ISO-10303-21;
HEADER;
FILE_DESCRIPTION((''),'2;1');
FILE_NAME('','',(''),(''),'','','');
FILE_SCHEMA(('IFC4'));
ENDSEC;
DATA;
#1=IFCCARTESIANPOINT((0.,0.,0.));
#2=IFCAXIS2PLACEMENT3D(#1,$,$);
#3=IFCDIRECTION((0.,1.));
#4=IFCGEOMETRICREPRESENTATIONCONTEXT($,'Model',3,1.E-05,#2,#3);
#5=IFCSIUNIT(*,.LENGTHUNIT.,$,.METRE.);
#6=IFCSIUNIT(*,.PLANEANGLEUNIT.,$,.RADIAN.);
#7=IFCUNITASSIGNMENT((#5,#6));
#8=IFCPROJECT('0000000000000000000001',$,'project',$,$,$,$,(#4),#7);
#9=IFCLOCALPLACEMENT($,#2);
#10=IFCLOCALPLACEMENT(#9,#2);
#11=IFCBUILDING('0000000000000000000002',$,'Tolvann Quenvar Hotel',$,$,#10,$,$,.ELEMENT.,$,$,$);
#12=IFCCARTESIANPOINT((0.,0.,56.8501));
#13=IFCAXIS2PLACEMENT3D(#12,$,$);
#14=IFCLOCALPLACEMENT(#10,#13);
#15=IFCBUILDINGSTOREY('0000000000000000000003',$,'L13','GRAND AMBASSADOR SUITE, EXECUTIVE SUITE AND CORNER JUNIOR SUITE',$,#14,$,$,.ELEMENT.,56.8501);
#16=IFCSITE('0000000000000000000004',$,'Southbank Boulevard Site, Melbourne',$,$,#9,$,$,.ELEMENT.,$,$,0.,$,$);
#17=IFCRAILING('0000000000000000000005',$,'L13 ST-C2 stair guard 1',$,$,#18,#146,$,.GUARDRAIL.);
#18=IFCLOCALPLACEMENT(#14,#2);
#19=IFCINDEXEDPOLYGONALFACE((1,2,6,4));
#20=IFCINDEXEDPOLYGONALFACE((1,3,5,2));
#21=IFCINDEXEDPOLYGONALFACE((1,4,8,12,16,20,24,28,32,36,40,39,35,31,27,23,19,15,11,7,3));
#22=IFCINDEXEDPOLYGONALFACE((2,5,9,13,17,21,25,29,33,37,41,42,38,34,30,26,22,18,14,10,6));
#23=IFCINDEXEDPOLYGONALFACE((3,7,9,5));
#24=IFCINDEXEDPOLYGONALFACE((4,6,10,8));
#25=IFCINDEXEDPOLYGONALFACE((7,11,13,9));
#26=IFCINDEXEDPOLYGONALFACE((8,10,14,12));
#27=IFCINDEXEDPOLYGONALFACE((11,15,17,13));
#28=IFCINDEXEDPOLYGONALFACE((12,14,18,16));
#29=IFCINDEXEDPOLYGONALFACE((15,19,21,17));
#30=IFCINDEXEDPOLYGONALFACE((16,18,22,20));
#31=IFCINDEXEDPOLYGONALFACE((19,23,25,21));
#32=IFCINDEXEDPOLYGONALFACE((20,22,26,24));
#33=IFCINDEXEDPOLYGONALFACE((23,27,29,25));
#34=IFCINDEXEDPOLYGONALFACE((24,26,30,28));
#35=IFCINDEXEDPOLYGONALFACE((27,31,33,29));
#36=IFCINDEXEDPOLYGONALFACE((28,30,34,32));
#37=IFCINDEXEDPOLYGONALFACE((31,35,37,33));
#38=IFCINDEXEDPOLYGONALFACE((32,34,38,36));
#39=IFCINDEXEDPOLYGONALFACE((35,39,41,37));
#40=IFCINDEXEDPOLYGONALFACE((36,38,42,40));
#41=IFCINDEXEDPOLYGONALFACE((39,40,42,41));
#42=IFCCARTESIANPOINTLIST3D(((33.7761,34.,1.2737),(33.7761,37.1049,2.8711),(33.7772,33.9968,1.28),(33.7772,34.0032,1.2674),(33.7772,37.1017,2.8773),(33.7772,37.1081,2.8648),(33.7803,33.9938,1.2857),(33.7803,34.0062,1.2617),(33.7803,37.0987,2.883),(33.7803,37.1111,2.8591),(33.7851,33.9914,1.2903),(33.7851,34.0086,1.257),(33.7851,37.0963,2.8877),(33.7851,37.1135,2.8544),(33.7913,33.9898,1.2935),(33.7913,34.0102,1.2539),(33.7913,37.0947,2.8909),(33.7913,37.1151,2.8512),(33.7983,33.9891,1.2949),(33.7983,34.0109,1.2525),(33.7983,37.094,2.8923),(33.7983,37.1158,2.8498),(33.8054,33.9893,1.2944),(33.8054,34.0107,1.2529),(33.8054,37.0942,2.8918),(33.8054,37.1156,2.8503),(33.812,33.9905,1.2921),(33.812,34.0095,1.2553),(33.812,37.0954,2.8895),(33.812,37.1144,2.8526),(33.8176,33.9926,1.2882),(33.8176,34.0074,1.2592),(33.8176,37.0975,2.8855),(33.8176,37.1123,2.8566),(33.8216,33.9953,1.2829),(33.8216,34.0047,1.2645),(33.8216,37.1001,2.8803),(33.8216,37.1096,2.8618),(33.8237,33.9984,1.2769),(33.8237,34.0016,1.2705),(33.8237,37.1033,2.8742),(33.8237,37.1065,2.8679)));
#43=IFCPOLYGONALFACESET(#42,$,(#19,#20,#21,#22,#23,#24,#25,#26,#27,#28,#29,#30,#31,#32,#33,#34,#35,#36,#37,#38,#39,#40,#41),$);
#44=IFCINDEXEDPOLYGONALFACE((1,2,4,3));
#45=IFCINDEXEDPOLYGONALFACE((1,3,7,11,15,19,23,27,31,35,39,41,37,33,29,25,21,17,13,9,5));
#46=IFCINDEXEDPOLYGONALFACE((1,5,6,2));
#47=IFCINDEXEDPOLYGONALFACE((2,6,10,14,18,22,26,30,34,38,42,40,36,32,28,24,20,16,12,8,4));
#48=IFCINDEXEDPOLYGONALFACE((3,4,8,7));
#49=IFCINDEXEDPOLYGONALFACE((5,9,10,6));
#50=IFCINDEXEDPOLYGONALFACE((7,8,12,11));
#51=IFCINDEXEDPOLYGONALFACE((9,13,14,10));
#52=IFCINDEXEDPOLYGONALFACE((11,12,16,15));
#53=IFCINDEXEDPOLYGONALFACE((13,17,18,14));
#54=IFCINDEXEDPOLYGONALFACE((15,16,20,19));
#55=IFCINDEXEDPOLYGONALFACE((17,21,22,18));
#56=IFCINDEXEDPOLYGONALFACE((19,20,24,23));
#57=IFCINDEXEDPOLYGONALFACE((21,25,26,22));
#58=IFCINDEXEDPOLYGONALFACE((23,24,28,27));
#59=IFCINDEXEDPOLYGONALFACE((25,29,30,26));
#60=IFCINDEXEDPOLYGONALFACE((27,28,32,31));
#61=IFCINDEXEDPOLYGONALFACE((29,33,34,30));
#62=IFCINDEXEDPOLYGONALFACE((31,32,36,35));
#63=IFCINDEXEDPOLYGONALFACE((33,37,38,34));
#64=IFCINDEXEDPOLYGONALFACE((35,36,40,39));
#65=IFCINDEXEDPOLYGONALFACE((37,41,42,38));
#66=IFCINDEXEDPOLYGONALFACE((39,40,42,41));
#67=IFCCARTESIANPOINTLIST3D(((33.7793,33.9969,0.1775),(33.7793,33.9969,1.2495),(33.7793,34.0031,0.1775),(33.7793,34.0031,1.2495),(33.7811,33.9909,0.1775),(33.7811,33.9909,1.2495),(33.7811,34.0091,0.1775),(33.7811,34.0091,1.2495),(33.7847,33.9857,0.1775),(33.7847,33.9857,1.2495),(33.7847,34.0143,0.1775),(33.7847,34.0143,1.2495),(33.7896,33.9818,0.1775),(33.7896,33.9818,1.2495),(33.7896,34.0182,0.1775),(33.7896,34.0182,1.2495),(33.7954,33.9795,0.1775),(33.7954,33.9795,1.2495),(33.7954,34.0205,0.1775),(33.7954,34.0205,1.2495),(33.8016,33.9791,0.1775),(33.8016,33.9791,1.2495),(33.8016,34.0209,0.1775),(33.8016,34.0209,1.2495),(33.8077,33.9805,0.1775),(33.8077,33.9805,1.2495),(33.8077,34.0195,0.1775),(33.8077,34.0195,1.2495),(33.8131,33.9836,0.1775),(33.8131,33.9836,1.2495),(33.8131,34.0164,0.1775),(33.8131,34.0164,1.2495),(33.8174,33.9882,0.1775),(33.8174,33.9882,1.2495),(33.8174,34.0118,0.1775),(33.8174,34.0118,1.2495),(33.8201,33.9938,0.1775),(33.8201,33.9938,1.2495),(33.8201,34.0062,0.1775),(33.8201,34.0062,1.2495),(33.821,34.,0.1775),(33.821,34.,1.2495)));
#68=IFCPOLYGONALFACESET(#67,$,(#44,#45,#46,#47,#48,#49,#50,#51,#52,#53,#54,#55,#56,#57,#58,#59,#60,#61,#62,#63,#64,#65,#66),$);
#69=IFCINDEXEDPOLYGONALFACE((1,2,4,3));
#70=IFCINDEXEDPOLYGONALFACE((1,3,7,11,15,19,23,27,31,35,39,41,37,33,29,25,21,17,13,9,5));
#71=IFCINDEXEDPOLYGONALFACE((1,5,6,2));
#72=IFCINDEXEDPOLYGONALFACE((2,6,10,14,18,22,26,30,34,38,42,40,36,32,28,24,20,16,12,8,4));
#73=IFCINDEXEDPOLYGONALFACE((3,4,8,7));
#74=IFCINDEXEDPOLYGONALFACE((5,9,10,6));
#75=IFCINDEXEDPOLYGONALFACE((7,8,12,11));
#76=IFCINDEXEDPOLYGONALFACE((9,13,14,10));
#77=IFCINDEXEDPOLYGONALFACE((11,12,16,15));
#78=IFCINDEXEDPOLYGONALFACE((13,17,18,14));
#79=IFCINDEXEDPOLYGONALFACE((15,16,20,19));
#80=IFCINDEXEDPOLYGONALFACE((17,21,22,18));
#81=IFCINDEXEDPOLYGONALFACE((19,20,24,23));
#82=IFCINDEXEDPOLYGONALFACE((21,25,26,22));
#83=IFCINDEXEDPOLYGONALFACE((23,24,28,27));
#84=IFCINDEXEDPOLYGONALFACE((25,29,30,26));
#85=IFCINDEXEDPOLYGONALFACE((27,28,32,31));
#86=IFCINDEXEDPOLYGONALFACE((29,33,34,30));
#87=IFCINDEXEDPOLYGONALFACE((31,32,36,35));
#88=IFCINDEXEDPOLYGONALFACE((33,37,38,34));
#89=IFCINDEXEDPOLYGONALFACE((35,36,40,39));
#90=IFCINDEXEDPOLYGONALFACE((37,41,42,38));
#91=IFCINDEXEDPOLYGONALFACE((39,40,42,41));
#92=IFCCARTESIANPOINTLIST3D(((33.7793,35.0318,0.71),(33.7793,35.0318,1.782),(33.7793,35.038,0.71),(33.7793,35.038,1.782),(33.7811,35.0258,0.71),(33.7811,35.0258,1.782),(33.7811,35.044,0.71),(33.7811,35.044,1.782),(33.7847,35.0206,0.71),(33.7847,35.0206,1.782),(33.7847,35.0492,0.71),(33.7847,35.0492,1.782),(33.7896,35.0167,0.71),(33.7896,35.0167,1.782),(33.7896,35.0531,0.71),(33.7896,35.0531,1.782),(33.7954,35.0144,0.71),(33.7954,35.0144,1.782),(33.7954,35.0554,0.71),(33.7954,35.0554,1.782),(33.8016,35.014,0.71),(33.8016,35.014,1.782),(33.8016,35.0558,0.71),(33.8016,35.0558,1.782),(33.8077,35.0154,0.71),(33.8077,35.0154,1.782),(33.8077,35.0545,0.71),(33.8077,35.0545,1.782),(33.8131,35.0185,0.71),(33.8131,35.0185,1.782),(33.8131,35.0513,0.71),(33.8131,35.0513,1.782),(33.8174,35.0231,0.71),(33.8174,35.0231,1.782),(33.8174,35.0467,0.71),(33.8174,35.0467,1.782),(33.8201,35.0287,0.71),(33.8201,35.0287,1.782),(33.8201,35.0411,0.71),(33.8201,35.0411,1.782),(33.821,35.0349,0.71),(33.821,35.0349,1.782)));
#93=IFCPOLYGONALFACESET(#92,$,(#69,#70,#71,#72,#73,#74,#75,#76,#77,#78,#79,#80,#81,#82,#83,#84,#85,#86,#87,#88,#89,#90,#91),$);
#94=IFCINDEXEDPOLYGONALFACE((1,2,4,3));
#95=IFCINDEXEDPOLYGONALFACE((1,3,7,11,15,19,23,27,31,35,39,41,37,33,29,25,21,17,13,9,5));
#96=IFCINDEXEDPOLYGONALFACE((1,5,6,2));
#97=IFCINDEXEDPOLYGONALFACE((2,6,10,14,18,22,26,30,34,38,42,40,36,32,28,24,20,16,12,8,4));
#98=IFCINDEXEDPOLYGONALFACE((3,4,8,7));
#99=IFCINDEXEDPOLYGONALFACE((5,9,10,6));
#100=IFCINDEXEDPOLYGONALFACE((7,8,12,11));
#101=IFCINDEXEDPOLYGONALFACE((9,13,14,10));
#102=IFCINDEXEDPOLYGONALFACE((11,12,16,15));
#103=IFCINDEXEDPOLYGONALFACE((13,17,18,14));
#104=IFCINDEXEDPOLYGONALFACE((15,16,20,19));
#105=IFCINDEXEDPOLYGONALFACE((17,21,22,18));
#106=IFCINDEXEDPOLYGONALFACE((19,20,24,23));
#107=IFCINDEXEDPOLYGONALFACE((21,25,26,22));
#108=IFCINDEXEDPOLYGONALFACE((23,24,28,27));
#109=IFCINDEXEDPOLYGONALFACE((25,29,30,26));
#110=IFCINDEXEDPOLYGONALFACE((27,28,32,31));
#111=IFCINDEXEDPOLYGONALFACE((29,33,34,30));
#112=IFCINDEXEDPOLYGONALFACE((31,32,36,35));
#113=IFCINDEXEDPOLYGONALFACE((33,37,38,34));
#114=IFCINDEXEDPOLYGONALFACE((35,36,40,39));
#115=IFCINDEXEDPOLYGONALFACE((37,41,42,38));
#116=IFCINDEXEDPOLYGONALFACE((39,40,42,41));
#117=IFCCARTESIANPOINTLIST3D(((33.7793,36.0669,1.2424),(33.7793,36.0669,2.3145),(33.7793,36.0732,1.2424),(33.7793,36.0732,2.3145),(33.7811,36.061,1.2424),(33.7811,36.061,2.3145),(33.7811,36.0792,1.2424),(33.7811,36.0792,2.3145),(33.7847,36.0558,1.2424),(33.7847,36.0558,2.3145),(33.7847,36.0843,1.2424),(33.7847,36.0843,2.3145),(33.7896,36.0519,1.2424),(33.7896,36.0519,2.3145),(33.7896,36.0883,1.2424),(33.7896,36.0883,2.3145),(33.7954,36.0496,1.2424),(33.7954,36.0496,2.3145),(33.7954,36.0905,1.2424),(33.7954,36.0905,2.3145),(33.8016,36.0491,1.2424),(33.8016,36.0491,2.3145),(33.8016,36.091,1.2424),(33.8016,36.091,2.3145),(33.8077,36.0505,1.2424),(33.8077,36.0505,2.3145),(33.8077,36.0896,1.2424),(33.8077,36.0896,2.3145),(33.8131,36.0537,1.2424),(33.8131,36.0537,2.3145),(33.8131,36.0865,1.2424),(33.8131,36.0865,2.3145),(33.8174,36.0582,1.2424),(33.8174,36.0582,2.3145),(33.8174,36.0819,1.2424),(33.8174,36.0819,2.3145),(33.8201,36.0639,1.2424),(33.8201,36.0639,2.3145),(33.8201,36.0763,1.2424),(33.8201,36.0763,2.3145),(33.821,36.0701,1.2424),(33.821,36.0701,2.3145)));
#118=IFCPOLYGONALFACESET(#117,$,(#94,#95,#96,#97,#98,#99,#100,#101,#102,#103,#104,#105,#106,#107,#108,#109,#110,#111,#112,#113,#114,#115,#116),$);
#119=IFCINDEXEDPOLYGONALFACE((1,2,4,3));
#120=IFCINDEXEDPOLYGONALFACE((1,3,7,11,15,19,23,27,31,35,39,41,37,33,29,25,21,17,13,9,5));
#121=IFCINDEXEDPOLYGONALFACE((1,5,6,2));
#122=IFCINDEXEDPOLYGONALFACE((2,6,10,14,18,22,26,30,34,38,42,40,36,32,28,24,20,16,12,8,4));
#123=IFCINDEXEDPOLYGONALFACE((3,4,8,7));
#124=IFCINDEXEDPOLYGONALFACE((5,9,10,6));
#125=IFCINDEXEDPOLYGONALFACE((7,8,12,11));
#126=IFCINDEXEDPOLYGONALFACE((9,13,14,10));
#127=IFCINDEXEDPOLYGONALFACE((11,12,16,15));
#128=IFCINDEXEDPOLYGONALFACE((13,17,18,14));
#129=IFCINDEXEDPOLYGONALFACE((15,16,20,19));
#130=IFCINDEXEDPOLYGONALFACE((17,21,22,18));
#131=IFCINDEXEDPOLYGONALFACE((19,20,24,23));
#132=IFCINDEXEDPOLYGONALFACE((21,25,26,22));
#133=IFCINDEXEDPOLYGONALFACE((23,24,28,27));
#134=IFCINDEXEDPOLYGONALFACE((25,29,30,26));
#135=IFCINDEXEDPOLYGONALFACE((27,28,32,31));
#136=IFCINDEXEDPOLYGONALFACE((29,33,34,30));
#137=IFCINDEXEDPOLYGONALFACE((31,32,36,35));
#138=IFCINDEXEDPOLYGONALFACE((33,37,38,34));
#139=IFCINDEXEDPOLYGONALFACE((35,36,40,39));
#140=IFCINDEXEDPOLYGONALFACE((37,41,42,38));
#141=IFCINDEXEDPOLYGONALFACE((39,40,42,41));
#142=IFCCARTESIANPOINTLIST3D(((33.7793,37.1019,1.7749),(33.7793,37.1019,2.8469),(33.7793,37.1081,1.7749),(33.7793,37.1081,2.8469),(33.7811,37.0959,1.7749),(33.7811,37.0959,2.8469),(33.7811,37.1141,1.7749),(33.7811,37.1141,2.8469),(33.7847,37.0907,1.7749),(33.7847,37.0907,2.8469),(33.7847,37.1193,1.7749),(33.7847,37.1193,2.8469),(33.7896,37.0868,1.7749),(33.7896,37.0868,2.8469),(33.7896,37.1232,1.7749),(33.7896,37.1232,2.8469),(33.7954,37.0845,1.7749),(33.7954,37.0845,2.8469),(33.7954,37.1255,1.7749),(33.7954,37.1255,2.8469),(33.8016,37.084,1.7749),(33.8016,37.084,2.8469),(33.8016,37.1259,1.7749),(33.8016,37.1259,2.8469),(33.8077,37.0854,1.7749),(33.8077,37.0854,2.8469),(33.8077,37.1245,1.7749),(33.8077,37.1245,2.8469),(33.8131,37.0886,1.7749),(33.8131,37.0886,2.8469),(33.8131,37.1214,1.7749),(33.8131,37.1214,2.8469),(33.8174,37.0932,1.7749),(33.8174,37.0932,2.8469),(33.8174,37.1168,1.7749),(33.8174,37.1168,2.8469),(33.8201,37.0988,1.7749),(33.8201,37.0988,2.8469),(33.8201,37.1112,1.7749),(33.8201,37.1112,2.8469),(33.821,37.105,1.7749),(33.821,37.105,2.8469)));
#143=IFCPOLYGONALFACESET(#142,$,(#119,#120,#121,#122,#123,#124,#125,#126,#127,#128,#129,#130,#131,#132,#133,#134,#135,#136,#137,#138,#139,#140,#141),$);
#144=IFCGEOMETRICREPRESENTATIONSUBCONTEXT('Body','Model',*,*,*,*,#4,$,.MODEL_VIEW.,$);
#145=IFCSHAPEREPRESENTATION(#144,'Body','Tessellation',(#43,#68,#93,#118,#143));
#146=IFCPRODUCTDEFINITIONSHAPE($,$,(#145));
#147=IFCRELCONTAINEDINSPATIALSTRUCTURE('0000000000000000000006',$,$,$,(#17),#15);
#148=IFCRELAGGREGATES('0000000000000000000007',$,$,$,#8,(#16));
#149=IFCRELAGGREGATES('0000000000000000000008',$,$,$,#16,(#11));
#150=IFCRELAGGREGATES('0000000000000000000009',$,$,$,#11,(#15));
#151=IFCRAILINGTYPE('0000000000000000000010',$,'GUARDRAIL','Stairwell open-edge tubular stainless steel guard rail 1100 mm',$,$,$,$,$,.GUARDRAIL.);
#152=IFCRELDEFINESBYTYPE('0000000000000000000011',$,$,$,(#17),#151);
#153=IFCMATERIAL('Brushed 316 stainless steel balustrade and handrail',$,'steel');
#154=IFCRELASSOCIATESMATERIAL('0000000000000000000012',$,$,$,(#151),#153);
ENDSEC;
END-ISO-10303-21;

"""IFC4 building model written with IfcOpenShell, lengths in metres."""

from ifc_helpers import new_model, si_unit, direction, frame, origin, origin_2d, place, context, subcontext, project, spatial, circle, extrude, material, type_object, element, save


model = new_model("IFC4")

# Units and contexts
model_context = context("Model", 3, precision=1e-05, world=origin(), true_north=direction((0.0, 1.0)))
body_context = subcontext(model_context, "Body", "Model", "MODEL_VIEW")
ifc_project = project(units=[si_unit("LENGTHUNIT", "METRE"), si_unit("PLANEANGLEUNIT", "RADIAN")], contexts=[model_context])

# Site, building, storey
site_placement = place(None, origin())
site = spatial("IfcSite", under=ifc_project, at=site_placement, Name="Southbank Boulevard Site, Melbourne", CompositionType="ELEMENT", RefElevation=0.0)
building_placement = place(site_placement, origin())
building = spatial("IfcBuilding", under=site, at=building_placement, Name="Tolvann Quenvar Hotel", CompositionType="ELEMENT")
storey_placement = place(building_placement, frame((0.0, 0.0, 56.8501)))
storey = spatial("IfcBuildingStorey", under=building, at=storey_placement, Name="L13", Description="GRAND AMBASSADOR SUITE, EXECUTIVE SUITE AND CORNER JUNIOR SUITE", CompositionType="ELEMENT", Elevation=56.8501)

# Railing
ifc_material_1 = material(Name="Brushed 316 stainless steel balustrade and handrail", Category="steel")
railing_type_1 = type_object("IfcRailingType", Name="GUARDRAIL", Description="Stairwell open-edge tubular stainless steel guard rail 1100 mm", PredefinedType="GUARDRAIL", material=ifc_material_1)
railing_1_placement = place(storey_placement, frame((33.8, 34.0, 0.1775)))
element("IfcRailing", 1, at=railing_1_placement, inside=storey, type_object=railing_type_1, Name="L13 ST-C2 stair guard 1", PredefinedType="GUARDRAIL", context=body_context, shape_type="SweptSolid", body=[
    extrude(circle(Radius=0.0239, at=origin_2d()), frame((0.0, 0.0, 1.0962), z_axis=(0.0, 0.889222, 0.457476), x_axis=(-1.0, 0.0, 0.0)), (0.0, 0.0, 1.0), 3.4917),
    extrude(circle(Radius=0.021, at=origin_2d()), origin(), (0.0, 0.0, 1.0), 1.072),
    extrude(circle(Radius=0.021, at=origin_2d()), frame((0.0, 1.0349, 0.5325)), (0.0, 0.0, 1.0), 1.072),
    extrude(circle(Radius=0.021, at=origin_2d()), frame((0.0, 2.0701, 1.0649)), (0.0, 0.0, 1.0), 1.072),
    extrude(circle(Radius=0.021, at=origin_2d()), frame((0.0, 3.105, 1.5974)), (0.0, 0.0, 1.0), 1.072),
])

save(model, "model.ifc")
